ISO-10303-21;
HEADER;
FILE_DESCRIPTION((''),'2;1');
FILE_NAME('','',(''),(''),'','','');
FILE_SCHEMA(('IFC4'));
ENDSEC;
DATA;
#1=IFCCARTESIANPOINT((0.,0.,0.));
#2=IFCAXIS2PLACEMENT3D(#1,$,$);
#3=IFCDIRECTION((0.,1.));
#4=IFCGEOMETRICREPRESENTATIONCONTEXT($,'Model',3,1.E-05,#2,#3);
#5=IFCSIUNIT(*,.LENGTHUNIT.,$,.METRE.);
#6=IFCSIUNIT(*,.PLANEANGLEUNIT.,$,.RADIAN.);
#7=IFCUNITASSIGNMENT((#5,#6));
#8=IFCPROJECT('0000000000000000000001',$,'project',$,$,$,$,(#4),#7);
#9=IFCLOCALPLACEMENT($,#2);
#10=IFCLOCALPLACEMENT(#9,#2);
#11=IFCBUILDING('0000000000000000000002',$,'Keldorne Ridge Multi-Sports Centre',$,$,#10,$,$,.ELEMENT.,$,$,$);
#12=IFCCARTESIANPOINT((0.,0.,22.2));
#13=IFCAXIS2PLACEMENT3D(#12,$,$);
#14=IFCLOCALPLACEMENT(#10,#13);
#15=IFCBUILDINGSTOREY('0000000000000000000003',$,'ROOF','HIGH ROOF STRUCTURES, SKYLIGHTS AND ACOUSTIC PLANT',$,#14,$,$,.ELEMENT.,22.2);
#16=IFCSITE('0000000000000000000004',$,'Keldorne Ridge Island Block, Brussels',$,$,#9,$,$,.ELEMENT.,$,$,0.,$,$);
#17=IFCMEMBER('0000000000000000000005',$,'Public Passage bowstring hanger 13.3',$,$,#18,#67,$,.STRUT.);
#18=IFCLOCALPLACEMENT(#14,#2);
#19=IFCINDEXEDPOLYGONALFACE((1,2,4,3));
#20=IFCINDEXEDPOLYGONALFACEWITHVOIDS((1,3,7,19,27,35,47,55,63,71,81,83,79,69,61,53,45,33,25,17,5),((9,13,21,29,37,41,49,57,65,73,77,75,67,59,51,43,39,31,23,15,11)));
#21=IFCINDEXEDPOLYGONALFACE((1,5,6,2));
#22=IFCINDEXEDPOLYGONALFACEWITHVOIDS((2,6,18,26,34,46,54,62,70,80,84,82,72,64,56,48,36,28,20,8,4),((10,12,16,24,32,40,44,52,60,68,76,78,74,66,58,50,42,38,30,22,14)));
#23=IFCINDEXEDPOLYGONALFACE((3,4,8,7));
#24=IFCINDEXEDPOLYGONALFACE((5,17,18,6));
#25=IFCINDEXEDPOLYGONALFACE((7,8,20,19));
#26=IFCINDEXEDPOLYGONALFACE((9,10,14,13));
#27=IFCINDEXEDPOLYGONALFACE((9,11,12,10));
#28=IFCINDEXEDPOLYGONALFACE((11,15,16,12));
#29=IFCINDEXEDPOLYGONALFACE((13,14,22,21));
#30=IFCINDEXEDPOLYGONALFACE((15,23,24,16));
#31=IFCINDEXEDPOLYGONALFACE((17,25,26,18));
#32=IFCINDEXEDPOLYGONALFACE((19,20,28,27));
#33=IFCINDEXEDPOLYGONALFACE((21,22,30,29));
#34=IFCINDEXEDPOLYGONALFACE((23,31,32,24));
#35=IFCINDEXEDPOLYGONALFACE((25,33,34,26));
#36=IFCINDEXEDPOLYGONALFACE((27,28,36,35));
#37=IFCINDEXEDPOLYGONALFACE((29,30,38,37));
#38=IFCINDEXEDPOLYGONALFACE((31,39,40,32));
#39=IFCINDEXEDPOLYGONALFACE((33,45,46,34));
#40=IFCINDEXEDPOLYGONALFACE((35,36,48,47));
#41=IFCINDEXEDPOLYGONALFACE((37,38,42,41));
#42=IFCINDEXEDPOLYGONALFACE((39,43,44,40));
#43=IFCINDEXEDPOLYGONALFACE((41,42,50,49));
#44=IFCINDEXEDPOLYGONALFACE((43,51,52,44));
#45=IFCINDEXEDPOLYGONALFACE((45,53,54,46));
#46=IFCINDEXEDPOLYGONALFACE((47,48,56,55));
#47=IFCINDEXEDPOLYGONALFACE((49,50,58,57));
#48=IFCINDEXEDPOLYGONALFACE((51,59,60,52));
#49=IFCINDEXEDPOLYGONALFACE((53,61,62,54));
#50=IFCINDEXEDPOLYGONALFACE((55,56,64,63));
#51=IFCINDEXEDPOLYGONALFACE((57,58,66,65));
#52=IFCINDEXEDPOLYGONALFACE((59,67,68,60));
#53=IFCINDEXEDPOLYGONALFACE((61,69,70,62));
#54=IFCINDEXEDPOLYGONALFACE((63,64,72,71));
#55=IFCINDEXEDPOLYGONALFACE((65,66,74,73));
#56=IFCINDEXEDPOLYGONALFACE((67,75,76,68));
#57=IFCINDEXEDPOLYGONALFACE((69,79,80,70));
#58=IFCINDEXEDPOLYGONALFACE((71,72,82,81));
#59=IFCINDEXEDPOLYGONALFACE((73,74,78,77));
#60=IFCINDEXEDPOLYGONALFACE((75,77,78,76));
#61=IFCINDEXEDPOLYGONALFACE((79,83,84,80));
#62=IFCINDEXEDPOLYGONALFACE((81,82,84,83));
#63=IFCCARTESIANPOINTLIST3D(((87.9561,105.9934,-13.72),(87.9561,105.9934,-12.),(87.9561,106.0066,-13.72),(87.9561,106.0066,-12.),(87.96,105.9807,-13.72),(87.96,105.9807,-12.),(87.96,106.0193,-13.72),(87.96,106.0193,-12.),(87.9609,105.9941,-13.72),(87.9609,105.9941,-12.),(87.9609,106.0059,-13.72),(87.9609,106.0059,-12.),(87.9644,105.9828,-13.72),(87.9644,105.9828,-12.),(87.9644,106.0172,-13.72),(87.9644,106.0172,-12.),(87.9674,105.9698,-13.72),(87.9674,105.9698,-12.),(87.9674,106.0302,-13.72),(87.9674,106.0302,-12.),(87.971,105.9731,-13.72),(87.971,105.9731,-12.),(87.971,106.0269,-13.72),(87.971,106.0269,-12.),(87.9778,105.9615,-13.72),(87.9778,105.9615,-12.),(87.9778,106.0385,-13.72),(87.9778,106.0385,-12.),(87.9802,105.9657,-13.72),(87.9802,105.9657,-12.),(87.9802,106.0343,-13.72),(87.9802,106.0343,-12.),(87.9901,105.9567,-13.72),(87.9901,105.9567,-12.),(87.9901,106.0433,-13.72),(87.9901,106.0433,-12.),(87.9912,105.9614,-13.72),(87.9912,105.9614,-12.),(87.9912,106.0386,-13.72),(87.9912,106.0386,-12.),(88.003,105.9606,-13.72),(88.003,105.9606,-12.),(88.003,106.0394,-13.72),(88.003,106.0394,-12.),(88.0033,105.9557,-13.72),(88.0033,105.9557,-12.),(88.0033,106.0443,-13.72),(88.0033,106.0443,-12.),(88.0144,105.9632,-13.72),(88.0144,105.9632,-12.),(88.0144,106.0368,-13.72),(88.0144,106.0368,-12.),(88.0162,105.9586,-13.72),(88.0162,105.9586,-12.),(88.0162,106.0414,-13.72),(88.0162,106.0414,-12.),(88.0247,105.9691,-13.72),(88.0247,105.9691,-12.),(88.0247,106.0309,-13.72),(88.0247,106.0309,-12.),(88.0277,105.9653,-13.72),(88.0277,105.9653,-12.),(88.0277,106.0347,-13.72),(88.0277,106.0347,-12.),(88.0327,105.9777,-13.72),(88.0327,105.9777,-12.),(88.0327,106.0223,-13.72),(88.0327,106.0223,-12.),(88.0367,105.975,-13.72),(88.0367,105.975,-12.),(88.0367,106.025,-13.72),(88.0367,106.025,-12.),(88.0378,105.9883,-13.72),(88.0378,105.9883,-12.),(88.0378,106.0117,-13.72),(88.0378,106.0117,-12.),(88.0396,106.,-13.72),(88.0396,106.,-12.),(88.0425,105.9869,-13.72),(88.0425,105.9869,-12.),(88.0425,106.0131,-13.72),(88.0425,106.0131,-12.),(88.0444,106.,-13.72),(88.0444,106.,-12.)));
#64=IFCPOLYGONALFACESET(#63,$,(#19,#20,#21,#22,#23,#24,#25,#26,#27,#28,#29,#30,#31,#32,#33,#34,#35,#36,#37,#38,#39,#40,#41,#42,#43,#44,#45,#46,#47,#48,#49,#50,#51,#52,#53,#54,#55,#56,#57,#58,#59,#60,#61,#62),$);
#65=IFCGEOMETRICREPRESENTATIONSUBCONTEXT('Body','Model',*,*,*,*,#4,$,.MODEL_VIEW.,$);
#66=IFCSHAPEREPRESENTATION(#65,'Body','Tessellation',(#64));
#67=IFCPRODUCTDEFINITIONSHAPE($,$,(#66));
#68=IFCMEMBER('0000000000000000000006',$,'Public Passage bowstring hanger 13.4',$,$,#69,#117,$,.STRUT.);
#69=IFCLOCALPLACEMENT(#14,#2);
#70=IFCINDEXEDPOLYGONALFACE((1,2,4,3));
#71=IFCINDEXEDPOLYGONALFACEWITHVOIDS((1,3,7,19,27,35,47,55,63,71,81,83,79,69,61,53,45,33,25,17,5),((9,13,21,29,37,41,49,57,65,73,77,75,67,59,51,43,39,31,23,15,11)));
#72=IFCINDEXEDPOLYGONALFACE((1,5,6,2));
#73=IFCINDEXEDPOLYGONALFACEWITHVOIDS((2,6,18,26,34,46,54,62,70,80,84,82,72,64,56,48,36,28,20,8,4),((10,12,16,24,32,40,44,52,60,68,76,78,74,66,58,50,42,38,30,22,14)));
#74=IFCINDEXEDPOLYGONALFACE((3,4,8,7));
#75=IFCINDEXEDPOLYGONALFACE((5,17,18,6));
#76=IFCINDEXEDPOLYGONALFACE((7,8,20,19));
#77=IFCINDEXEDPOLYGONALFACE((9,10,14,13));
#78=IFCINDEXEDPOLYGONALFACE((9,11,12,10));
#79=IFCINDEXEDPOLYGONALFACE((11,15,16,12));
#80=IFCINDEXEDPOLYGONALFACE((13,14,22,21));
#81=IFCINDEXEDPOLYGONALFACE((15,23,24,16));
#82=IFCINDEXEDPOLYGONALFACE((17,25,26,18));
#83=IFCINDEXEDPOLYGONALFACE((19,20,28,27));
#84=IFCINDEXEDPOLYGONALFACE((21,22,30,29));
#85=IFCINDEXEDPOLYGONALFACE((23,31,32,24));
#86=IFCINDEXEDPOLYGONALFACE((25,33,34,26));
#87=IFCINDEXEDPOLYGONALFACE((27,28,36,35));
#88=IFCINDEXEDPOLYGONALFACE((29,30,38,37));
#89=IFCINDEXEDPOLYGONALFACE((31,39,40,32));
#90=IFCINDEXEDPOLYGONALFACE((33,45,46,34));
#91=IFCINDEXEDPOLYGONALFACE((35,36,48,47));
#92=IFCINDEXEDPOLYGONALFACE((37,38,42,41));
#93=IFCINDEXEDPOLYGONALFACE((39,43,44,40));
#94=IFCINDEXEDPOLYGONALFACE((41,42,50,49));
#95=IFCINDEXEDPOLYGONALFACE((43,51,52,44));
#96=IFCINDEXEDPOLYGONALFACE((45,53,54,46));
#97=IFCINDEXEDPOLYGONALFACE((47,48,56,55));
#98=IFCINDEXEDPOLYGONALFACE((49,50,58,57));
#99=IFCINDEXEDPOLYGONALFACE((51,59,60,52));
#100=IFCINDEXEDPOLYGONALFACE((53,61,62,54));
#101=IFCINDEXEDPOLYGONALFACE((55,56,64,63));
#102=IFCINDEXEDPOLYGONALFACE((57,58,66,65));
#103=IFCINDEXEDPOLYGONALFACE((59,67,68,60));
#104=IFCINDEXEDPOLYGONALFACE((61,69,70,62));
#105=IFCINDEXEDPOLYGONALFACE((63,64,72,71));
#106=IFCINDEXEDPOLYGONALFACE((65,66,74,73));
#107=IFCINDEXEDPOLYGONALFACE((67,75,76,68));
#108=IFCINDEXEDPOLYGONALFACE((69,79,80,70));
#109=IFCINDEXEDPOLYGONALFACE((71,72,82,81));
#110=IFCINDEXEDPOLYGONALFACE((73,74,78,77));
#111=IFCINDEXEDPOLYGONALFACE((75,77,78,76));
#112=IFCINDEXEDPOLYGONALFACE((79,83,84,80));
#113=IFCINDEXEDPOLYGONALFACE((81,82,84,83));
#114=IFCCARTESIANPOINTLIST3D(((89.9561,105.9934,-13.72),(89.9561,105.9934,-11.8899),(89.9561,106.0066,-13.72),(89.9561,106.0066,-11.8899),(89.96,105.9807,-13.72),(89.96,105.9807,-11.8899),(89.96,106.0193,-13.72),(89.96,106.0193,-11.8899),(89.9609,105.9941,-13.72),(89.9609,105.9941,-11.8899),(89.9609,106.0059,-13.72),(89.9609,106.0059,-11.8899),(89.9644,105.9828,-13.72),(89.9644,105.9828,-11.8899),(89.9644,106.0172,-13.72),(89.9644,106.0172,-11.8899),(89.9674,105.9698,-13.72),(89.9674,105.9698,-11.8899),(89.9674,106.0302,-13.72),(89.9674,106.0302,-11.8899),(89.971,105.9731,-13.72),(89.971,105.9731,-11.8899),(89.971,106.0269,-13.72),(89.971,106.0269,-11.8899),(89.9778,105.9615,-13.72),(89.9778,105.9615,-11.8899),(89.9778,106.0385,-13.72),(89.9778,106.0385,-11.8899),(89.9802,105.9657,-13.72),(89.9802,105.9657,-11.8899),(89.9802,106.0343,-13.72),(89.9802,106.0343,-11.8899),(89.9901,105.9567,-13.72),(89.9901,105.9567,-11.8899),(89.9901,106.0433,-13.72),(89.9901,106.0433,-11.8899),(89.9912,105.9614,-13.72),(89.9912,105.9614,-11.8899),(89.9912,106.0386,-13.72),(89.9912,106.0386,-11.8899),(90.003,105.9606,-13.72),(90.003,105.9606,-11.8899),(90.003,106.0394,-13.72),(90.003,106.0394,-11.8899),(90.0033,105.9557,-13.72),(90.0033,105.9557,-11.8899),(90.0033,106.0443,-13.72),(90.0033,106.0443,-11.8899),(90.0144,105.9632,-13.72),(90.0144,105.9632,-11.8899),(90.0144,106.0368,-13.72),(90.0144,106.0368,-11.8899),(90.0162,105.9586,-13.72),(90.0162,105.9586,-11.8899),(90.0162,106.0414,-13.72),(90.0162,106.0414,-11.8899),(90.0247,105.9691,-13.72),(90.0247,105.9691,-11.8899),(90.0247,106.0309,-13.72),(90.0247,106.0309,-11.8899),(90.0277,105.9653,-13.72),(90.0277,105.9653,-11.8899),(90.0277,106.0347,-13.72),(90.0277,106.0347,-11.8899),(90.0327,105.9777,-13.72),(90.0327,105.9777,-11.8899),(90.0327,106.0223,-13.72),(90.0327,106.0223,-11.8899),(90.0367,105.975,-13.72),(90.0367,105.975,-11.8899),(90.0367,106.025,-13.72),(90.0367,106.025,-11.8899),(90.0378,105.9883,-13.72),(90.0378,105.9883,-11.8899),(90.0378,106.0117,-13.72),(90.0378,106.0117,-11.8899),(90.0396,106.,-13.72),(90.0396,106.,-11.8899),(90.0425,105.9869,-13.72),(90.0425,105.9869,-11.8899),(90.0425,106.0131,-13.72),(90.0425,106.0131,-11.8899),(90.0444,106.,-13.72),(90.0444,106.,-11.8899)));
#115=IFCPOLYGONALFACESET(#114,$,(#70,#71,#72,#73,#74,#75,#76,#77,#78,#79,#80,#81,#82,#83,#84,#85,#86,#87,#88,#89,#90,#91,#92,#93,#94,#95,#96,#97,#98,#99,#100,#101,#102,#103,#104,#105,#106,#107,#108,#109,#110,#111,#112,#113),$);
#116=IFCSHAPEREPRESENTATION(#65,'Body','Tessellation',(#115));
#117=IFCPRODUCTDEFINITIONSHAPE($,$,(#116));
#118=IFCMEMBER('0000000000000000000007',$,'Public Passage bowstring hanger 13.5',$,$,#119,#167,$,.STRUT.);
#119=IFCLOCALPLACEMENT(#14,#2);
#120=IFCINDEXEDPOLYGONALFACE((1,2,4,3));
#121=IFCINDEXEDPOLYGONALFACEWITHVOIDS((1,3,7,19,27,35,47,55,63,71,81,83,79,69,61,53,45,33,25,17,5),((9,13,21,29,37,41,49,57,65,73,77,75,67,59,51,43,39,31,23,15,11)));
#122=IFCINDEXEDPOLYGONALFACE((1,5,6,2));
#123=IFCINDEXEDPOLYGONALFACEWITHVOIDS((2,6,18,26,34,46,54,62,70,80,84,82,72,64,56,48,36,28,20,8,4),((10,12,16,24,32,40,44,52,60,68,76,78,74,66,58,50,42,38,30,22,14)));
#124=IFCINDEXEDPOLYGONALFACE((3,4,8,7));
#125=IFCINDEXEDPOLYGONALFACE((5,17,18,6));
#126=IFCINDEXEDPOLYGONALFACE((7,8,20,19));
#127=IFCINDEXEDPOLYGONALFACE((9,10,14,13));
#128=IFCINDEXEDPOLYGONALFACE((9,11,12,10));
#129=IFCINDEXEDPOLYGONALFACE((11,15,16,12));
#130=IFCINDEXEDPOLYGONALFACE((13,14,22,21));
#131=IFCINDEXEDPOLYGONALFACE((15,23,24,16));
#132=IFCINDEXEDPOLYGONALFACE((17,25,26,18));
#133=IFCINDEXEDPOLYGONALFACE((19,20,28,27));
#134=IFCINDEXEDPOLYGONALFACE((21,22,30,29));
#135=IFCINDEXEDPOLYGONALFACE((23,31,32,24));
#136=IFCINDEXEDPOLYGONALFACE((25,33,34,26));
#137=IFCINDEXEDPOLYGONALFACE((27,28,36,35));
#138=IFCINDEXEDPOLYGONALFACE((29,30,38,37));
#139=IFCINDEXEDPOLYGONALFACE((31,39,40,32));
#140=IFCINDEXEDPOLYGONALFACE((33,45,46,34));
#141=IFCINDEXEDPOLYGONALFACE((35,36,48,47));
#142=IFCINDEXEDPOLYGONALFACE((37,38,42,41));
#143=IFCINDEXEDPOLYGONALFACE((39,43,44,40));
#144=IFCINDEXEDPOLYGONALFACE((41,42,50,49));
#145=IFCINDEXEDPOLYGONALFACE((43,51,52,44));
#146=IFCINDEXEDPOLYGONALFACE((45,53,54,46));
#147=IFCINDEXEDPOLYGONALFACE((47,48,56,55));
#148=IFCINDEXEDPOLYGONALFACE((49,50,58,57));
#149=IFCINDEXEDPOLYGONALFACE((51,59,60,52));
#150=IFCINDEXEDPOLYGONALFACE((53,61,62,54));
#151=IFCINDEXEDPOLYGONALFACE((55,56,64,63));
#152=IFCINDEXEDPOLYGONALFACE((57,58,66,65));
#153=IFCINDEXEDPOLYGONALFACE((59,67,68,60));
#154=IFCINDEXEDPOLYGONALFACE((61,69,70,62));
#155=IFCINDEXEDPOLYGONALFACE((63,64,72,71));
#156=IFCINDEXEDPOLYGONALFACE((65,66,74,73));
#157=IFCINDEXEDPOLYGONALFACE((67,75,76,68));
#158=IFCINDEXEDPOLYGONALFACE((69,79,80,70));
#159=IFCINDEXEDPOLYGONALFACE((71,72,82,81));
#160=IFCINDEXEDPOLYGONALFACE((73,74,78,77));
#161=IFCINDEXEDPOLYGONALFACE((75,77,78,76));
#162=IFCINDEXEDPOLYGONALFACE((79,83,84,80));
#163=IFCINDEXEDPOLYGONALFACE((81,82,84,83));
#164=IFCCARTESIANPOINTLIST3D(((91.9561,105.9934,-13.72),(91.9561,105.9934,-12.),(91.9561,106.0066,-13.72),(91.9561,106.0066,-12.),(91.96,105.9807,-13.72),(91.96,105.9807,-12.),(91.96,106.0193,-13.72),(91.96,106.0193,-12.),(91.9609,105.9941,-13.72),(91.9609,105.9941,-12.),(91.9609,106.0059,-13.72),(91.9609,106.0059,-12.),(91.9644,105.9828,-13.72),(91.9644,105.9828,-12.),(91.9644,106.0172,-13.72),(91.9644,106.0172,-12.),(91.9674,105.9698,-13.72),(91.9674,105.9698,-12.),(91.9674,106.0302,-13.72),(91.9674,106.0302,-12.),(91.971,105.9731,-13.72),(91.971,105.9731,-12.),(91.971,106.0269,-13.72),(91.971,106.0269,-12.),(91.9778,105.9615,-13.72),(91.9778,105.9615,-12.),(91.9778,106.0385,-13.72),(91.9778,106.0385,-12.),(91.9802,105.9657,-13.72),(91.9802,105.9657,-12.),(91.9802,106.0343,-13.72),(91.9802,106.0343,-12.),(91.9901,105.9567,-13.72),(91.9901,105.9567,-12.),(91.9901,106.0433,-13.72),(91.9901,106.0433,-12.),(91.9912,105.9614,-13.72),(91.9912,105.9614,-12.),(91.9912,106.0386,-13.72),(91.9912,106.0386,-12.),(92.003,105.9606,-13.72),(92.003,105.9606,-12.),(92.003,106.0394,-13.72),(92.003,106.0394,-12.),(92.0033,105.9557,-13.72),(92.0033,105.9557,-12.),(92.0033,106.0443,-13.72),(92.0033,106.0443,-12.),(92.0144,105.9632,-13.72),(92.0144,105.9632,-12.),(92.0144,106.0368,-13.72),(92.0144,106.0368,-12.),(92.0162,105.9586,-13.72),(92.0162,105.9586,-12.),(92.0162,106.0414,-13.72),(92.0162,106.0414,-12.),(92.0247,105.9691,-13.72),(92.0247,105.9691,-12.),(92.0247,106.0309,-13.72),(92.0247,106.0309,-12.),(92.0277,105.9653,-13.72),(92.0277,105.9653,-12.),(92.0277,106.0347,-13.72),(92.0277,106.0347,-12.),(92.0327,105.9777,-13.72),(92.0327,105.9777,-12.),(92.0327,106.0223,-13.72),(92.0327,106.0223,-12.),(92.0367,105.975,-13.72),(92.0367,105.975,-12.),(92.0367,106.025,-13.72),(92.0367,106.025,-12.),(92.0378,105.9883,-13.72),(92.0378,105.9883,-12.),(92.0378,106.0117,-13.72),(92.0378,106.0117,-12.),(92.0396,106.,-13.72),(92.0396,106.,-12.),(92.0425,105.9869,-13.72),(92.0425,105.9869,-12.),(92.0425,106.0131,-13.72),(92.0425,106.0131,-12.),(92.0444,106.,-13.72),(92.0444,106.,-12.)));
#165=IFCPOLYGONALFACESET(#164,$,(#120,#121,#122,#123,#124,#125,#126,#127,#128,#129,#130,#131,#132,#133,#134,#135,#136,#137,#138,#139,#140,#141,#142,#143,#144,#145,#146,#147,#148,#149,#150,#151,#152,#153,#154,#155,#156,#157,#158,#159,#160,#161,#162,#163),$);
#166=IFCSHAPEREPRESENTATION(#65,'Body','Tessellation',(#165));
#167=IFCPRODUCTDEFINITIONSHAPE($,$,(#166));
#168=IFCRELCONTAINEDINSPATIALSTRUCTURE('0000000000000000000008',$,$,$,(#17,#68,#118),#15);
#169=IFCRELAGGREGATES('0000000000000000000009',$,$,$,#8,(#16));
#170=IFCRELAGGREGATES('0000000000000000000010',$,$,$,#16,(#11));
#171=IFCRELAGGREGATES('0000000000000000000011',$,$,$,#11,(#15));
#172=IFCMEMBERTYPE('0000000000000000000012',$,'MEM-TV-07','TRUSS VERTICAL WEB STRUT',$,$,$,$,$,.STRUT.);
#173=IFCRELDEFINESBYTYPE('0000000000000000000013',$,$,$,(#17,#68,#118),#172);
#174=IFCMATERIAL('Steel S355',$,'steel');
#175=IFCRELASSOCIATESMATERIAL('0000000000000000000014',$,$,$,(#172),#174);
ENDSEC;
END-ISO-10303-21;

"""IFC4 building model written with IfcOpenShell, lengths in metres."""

from ifc_helpers import new_model, si_unit, direction, frame, origin, origin_2d, place, context, subcontext, project, spatial, hollow_circle, extrude, material, material_profile, profile_set, type_object, element, save


model = new_model("IFC4")

# Units and contexts
model_context = context("Model", 3, precision=1e-05, world=origin(), true_north=direction((0.0, 1.0)))
body_context = subcontext(model_context, "Body", "Model", "MODEL_VIEW")
ifc_project = project(units=[si_unit("LENGTHUNIT", "METRE"), si_unit("PLANEANGLEUNIT", "RADIAN")], contexts=[model_context])

# Site, building, storey
site_placement = place(None, origin())
site = spatial("IfcSite", under=ifc_project, at=site_placement, Name="Keldorne Ridge Island Block, Brussels", CompositionType="ELEMENT", RefElevation=0.0)
building_placement = place(site_placement, origin())
building = spatial("IfcBuilding", under=site, at=building_placement, Name="Keldorne Ridge Multi-Sports Centre", CompositionType="ELEMENT")
storey_placement = place(building_placement, frame((0.0, 0.0, 22.2)))
storey = spatial("IfcBuildingStorey", under=building, at=storey_placement, Name="ROOF", Description="HIGH ROOF STRUCTURES, SKYLIGHTS AND ACOUSTIC PLANT", CompositionType="ELEMENT", Elevation=22.2)

# Members
ifc_material = material(Name="Steel S355", Category="steel")
ifc_material_profile_1 = material_profile(ifc_material, hollow_circle(Radius=0.0444, WallThickness=0.0049, at=origin_2d()), Name="CHS 88.9x5")
ifc_profile_set_1 = profile_set([ifc_material_profile_1], Name="Steel S355")
member_type_1 = type_object("IfcMemberType", Name="MEM-TV-07", Description="TRUSS VERTICAL WEB STRUT", PredefinedType="STRUT", material=ifc_profile_set_1)
member_1_placement = place(storey_placement, frame((88.0, 106.0, -13.72), z_axis=(0.0, 0.0, 1.0), x_axis=(1.0, 0.0, 0.0)))
element("IfcMember", 1, at=member_1_placement, inside=storey, type_object=member_type_1, Name="Public Passage bowstring hanger 13.3", PredefinedType="STRUT", context=body_context, shape_type="SweptSolid", body=[
    extrude(hollow_circle(Radius=0.0444, WallThickness=0.0049, at=origin_2d()), origin(), (0.0, 0.0, 1.0), 1.72),
])
member_2_placement = place(storey_placement, frame((90.0, 106.0, -13.72), z_axis=(0.0, 0.0, 1.0), x_axis=(1.0, 0.0, 0.0)))
element("IfcMember", 2, at=member_2_placement, inside=storey, type_object=member_type_1, Name="Public Passage bowstring hanger 13.4", PredefinedType="STRUT", context=body_context, shape_type="SweptSolid", body=[
    extrude(hollow_circle(Radius=0.0444, WallThickness=0.0049, at=origin_2d()), origin(), (0.0, 0.0, 1.0), 1.8301),
])
member_3_placement = place(storey_placement, frame((92.0, 106.0, -13.72), z_axis=(0.0, 0.0, 1.0), x_axis=(1.0, 0.0, 0.0)))
element("IfcMember", 3, at=member_3_placement, inside=storey, type_object=member_type_1, Name="Public Passage bowstring hanger 13.5", PredefinedType="STRUT", context=body_context, shape_type="SweptSolid", body=[
    extrude(hollow_circle(Radius=0.0444, WallThickness=0.0049, at=origin_2d()), origin(), (0.0, 0.0, 1.0), 1.72),
])

save(model, "model.ifc")
